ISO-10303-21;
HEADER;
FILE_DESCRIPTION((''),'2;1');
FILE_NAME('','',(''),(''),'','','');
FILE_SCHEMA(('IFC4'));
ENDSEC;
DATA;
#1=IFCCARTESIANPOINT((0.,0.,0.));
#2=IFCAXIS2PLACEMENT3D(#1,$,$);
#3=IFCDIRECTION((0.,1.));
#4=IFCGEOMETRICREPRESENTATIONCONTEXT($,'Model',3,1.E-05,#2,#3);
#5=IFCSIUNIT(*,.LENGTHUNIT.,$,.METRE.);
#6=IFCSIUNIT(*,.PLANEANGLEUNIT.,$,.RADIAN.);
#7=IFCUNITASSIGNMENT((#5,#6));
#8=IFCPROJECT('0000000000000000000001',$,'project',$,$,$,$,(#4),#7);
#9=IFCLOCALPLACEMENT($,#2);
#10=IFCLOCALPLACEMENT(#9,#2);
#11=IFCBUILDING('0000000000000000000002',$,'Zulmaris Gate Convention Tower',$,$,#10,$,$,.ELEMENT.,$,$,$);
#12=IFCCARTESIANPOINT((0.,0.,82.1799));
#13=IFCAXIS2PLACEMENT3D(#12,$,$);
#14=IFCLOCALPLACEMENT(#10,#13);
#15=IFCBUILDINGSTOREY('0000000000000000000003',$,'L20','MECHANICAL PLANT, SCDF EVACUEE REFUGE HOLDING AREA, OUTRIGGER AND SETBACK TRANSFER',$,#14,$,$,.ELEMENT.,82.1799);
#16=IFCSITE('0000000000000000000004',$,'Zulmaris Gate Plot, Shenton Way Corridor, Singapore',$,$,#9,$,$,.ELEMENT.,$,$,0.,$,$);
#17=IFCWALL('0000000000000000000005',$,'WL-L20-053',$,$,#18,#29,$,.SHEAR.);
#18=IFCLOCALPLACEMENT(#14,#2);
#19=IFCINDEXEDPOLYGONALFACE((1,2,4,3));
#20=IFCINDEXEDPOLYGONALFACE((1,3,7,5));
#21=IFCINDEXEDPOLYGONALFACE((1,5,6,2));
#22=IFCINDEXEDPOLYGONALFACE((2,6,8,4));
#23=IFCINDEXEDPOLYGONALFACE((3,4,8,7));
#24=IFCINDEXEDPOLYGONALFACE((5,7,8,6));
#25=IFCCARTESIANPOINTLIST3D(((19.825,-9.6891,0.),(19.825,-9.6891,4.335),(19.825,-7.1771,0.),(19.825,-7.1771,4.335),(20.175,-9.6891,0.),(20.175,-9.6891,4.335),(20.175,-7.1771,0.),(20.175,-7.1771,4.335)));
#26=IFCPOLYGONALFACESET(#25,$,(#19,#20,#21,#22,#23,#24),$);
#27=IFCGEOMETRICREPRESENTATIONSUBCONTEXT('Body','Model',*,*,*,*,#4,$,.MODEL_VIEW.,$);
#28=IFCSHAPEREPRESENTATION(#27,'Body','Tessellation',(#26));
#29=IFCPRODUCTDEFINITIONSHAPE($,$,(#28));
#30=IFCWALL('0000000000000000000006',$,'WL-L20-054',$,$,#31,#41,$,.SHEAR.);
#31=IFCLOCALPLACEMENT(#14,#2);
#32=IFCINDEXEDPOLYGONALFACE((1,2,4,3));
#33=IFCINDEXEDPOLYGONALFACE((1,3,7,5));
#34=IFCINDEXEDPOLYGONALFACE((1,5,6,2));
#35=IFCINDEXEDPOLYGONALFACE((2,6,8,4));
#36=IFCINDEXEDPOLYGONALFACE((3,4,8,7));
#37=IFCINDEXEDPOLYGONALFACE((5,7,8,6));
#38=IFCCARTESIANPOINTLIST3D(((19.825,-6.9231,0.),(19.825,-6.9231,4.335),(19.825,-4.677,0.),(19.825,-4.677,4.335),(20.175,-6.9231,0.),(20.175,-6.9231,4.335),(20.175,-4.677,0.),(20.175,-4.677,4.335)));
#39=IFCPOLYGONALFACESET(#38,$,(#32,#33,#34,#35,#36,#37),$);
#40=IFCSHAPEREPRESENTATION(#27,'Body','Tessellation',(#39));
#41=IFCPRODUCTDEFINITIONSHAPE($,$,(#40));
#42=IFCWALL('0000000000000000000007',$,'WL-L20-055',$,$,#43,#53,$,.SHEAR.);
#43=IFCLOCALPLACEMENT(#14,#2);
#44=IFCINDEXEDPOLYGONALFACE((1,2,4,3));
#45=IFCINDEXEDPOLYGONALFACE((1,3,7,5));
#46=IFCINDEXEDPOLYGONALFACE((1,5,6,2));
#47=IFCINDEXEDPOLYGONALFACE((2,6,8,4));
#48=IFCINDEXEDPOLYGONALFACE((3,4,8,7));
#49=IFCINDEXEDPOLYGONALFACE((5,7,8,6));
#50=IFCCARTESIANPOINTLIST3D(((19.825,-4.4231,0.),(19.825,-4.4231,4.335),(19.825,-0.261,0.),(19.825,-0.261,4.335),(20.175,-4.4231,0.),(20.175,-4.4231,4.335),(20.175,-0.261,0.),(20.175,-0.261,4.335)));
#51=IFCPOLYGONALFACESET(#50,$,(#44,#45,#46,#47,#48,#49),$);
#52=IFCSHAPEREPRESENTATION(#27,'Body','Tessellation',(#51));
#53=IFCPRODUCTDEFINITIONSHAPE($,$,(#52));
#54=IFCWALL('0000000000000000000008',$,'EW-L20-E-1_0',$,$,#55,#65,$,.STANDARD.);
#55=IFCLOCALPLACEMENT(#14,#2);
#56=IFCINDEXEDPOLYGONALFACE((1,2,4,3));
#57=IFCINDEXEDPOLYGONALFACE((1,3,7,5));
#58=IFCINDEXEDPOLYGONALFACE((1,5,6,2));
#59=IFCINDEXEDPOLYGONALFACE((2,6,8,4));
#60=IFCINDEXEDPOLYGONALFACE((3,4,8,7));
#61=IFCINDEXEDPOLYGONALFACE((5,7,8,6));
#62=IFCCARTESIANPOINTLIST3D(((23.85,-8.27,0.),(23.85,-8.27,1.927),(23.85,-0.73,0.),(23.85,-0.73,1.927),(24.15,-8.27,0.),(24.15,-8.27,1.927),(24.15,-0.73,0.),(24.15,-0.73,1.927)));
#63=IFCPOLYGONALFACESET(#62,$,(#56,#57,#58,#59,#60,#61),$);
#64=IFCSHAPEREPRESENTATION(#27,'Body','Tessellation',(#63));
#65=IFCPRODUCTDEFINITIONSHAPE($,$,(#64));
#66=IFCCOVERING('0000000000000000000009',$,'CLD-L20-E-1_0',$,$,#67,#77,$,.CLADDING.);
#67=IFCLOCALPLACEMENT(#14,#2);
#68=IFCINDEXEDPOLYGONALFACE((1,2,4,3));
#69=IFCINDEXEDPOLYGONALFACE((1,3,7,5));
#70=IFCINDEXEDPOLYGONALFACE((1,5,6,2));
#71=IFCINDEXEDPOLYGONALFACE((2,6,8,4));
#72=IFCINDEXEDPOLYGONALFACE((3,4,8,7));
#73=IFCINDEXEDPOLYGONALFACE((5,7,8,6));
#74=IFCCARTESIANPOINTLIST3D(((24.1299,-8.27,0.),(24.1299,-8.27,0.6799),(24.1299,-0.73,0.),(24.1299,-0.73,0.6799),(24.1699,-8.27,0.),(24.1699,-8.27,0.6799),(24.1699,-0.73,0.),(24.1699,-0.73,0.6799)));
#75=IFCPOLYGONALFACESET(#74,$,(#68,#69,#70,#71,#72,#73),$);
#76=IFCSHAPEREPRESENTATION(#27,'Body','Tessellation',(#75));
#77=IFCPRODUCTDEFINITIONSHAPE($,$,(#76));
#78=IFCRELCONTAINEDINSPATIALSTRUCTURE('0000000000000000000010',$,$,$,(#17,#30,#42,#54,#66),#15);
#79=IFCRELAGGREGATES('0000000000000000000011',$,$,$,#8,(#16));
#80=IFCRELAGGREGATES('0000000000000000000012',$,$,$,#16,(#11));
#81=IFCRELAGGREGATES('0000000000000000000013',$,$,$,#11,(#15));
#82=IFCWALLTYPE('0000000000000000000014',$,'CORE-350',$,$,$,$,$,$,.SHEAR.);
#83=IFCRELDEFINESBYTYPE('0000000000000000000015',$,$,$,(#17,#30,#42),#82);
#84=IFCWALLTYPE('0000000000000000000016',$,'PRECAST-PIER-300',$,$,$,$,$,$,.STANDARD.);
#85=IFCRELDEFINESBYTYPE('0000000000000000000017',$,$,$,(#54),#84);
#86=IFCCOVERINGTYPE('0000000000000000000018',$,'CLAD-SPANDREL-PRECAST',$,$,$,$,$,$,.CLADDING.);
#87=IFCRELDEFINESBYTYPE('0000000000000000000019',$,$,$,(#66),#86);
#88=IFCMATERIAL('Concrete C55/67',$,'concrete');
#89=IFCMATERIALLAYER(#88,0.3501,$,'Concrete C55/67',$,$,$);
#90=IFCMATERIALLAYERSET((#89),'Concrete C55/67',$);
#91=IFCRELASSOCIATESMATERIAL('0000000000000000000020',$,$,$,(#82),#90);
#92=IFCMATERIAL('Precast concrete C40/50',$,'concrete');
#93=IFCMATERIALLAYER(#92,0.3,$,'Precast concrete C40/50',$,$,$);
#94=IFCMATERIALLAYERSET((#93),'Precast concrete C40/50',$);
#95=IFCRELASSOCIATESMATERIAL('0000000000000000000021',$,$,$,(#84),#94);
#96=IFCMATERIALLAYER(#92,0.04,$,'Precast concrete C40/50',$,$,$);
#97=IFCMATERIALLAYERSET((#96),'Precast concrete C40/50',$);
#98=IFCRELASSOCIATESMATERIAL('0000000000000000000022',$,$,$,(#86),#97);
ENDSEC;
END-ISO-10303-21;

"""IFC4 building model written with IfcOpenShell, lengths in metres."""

from ifc_helpers import new_model, si_unit, direction, frame, frame_2d, origin, place, context, subcontext, project, spatial, rectangle, extrude, material, layer, layer_set, type_object, element, save


model = new_model("IFC4")

# Units and contexts
model_context = context("Model", 3, precision=1e-05, world=origin(), true_north=direction((0.0, 1.0)))
body_context = subcontext(model_context, "Body", "Model", "MODEL_VIEW")
ifc_project = project(units=[si_unit("LENGTHUNIT", "METRE"), si_unit("PLANEANGLEUNIT", "RADIAN")], contexts=[model_context])

# Site, building, storey
site_placement = place(None, origin())
site = spatial("IfcSite", under=ifc_project, at=site_placement, Name="Zulmaris Gate Plot, Shenton Way Corridor, Singapore", CompositionType="ELEMENT", RefElevation=0.0)
building_placement = place(site_placement, origin())
building = spatial("IfcBuilding", under=site, at=building_placement, Name="Zulmaris Gate Convention Tower", CompositionType="ELEMENT")
storey_placement = place(building_placement, frame((0.0, 0.0, 82.1799)))
storey = spatial("IfcBuildingStorey", under=building, at=storey_placement, Name="L20", Description="MECHANICAL PLANT, SCDF EVACUEE REFUGE HOLDING AREA, OUTRIGGER AND SETBACK TRANSFER", CompositionType="ELEMENT", Elevation=82.1799)

# Walls
ifc_material_1 = material(Name="Concrete C55/67", Category="concrete")
ifc_layer_1 = layer(ifc_material_1, 0.3501, Name="Concrete C55/67")
ifc_layer_set_1 = layer_set([ifc_layer_1], Name="Concrete C55/67")
wall_type_1 = type_object("IfcWallType", Name="CORE-350", PredefinedType="SHEAR", material=ifc_layer_set_1)
wall_1_placement = place(storey_placement, frame((20.0, -9.689, 0.0), z_axis=(0.0, 0.0, 1.0), x_axis=(0.0, 1.0, 0.0)))
element("IfcWall", 1, at=wall_1_placement, inside=storey, type_object=wall_type_1, Name="WL-L20-053", PredefinedType="SHEAR", context=body_context, shape_type="SweptSolid", body=[
    extrude(rectangle(XDim=2.512, YDim=0.3501, at=frame_2d((1.2559, 0.0))), origin(), (0.0, 0.0, 1.0), 4.335),
])
wall_2_placement = place(storey_placement, frame((20.0, -6.9231, 0.0), z_axis=(0.0, 0.0, 1.0), x_axis=(0.0, 1.0, 0.0)))
element("IfcWall", 2, at=wall_2_placement, inside=storey, type_object=wall_type_1, Name="WL-L20-054", PredefinedType="SHEAR", context=body_context, shape_type="SweptSolid", body=[
    extrude(rectangle(XDim=2.2461, YDim=0.3501, at=frame_2d((1.123, 0.0))), origin(), (0.0, 0.0, 1.0), 4.335),
])
wall_3_placement = place(storey_placement, frame((20.0, -4.4231, 0.0), z_axis=(0.0, 0.0, 1.0), x_axis=(0.0, 1.0, 0.0)))
element("IfcWall", 3, at=wall_3_placement, inside=storey, type_object=wall_type_1, Name="WL-L20-055", PredefinedType="SHEAR", context=body_context, shape_type="SweptSolid", body=[
    extrude(rectangle(XDim=4.1621, YDim=0.3501, at=frame_2d((2.0811, 0.0))), origin(), (0.0, 0.0, 1.0), 4.335),
])
ifc_material_2 = material(Name="Precast concrete C40/50", Category="concrete")
ifc_layer_2 = layer(ifc_material_2, 0.3, Name="Precast concrete C40/50")
ifc_layer_set_2 = layer_set([ifc_layer_2], Name="Precast concrete C40/50")
wall_type_2 = type_object("IfcWallType", Name="PRECAST-PIER-300", PredefinedType="STANDARD", material=ifc_layer_set_2)
wall_4_placement = place(storey_placement, frame((24.0, -8.27, 0.0), z_axis=(0.0, 0.0, 1.0), x_axis=(0.0, 1.0, 0.0)))
element("IfcWall", 4, at=wall_4_placement, inside=storey, type_object=wall_type_2, Name="EW-L20-E-1_0", PredefinedType="STANDARD", context=body_context, shape_type="SweptSolid", body=[
    extrude(rectangle(XDim=7.54, YDim=0.3, at=frame_2d((3.77, 0.0))), origin(), (0.0, 0.0, 1.0), 1.927),
])

# Covering
ifc_layer_3 = layer(ifc_material_2, 0.04, Name="Precast concrete C40/50")
ifc_layer_set_3 = layer_set([ifc_layer_3], Name="Precast concrete C40/50")
covering_type = type_object("IfcCoveringType", Name="CLAD-SPANDREL-PRECAST", PredefinedType="CLADDING", material=ifc_layer_set_3)
covering_placement = place(storey_placement, frame((24.1499, -8.27, 0.0), z_axis=(0.0, 0.0, 1.0), x_axis=(0.0, 1.0, 0.0)))
element("IfcCovering", 5, at=covering_placement, inside=storey, type_object=covering_type, Name="CLD-L20-E-1_0", PredefinedType="CLADDING", context=body_context, shape_type="SweptSolid", body=[
    extrude(rectangle(XDim=7.54, YDim=0.04, at=frame_2d((3.77, 0.0))), origin(), (0.0, 0.0, 1.0), 0.6799),
])

save(model, "model.ifc")
